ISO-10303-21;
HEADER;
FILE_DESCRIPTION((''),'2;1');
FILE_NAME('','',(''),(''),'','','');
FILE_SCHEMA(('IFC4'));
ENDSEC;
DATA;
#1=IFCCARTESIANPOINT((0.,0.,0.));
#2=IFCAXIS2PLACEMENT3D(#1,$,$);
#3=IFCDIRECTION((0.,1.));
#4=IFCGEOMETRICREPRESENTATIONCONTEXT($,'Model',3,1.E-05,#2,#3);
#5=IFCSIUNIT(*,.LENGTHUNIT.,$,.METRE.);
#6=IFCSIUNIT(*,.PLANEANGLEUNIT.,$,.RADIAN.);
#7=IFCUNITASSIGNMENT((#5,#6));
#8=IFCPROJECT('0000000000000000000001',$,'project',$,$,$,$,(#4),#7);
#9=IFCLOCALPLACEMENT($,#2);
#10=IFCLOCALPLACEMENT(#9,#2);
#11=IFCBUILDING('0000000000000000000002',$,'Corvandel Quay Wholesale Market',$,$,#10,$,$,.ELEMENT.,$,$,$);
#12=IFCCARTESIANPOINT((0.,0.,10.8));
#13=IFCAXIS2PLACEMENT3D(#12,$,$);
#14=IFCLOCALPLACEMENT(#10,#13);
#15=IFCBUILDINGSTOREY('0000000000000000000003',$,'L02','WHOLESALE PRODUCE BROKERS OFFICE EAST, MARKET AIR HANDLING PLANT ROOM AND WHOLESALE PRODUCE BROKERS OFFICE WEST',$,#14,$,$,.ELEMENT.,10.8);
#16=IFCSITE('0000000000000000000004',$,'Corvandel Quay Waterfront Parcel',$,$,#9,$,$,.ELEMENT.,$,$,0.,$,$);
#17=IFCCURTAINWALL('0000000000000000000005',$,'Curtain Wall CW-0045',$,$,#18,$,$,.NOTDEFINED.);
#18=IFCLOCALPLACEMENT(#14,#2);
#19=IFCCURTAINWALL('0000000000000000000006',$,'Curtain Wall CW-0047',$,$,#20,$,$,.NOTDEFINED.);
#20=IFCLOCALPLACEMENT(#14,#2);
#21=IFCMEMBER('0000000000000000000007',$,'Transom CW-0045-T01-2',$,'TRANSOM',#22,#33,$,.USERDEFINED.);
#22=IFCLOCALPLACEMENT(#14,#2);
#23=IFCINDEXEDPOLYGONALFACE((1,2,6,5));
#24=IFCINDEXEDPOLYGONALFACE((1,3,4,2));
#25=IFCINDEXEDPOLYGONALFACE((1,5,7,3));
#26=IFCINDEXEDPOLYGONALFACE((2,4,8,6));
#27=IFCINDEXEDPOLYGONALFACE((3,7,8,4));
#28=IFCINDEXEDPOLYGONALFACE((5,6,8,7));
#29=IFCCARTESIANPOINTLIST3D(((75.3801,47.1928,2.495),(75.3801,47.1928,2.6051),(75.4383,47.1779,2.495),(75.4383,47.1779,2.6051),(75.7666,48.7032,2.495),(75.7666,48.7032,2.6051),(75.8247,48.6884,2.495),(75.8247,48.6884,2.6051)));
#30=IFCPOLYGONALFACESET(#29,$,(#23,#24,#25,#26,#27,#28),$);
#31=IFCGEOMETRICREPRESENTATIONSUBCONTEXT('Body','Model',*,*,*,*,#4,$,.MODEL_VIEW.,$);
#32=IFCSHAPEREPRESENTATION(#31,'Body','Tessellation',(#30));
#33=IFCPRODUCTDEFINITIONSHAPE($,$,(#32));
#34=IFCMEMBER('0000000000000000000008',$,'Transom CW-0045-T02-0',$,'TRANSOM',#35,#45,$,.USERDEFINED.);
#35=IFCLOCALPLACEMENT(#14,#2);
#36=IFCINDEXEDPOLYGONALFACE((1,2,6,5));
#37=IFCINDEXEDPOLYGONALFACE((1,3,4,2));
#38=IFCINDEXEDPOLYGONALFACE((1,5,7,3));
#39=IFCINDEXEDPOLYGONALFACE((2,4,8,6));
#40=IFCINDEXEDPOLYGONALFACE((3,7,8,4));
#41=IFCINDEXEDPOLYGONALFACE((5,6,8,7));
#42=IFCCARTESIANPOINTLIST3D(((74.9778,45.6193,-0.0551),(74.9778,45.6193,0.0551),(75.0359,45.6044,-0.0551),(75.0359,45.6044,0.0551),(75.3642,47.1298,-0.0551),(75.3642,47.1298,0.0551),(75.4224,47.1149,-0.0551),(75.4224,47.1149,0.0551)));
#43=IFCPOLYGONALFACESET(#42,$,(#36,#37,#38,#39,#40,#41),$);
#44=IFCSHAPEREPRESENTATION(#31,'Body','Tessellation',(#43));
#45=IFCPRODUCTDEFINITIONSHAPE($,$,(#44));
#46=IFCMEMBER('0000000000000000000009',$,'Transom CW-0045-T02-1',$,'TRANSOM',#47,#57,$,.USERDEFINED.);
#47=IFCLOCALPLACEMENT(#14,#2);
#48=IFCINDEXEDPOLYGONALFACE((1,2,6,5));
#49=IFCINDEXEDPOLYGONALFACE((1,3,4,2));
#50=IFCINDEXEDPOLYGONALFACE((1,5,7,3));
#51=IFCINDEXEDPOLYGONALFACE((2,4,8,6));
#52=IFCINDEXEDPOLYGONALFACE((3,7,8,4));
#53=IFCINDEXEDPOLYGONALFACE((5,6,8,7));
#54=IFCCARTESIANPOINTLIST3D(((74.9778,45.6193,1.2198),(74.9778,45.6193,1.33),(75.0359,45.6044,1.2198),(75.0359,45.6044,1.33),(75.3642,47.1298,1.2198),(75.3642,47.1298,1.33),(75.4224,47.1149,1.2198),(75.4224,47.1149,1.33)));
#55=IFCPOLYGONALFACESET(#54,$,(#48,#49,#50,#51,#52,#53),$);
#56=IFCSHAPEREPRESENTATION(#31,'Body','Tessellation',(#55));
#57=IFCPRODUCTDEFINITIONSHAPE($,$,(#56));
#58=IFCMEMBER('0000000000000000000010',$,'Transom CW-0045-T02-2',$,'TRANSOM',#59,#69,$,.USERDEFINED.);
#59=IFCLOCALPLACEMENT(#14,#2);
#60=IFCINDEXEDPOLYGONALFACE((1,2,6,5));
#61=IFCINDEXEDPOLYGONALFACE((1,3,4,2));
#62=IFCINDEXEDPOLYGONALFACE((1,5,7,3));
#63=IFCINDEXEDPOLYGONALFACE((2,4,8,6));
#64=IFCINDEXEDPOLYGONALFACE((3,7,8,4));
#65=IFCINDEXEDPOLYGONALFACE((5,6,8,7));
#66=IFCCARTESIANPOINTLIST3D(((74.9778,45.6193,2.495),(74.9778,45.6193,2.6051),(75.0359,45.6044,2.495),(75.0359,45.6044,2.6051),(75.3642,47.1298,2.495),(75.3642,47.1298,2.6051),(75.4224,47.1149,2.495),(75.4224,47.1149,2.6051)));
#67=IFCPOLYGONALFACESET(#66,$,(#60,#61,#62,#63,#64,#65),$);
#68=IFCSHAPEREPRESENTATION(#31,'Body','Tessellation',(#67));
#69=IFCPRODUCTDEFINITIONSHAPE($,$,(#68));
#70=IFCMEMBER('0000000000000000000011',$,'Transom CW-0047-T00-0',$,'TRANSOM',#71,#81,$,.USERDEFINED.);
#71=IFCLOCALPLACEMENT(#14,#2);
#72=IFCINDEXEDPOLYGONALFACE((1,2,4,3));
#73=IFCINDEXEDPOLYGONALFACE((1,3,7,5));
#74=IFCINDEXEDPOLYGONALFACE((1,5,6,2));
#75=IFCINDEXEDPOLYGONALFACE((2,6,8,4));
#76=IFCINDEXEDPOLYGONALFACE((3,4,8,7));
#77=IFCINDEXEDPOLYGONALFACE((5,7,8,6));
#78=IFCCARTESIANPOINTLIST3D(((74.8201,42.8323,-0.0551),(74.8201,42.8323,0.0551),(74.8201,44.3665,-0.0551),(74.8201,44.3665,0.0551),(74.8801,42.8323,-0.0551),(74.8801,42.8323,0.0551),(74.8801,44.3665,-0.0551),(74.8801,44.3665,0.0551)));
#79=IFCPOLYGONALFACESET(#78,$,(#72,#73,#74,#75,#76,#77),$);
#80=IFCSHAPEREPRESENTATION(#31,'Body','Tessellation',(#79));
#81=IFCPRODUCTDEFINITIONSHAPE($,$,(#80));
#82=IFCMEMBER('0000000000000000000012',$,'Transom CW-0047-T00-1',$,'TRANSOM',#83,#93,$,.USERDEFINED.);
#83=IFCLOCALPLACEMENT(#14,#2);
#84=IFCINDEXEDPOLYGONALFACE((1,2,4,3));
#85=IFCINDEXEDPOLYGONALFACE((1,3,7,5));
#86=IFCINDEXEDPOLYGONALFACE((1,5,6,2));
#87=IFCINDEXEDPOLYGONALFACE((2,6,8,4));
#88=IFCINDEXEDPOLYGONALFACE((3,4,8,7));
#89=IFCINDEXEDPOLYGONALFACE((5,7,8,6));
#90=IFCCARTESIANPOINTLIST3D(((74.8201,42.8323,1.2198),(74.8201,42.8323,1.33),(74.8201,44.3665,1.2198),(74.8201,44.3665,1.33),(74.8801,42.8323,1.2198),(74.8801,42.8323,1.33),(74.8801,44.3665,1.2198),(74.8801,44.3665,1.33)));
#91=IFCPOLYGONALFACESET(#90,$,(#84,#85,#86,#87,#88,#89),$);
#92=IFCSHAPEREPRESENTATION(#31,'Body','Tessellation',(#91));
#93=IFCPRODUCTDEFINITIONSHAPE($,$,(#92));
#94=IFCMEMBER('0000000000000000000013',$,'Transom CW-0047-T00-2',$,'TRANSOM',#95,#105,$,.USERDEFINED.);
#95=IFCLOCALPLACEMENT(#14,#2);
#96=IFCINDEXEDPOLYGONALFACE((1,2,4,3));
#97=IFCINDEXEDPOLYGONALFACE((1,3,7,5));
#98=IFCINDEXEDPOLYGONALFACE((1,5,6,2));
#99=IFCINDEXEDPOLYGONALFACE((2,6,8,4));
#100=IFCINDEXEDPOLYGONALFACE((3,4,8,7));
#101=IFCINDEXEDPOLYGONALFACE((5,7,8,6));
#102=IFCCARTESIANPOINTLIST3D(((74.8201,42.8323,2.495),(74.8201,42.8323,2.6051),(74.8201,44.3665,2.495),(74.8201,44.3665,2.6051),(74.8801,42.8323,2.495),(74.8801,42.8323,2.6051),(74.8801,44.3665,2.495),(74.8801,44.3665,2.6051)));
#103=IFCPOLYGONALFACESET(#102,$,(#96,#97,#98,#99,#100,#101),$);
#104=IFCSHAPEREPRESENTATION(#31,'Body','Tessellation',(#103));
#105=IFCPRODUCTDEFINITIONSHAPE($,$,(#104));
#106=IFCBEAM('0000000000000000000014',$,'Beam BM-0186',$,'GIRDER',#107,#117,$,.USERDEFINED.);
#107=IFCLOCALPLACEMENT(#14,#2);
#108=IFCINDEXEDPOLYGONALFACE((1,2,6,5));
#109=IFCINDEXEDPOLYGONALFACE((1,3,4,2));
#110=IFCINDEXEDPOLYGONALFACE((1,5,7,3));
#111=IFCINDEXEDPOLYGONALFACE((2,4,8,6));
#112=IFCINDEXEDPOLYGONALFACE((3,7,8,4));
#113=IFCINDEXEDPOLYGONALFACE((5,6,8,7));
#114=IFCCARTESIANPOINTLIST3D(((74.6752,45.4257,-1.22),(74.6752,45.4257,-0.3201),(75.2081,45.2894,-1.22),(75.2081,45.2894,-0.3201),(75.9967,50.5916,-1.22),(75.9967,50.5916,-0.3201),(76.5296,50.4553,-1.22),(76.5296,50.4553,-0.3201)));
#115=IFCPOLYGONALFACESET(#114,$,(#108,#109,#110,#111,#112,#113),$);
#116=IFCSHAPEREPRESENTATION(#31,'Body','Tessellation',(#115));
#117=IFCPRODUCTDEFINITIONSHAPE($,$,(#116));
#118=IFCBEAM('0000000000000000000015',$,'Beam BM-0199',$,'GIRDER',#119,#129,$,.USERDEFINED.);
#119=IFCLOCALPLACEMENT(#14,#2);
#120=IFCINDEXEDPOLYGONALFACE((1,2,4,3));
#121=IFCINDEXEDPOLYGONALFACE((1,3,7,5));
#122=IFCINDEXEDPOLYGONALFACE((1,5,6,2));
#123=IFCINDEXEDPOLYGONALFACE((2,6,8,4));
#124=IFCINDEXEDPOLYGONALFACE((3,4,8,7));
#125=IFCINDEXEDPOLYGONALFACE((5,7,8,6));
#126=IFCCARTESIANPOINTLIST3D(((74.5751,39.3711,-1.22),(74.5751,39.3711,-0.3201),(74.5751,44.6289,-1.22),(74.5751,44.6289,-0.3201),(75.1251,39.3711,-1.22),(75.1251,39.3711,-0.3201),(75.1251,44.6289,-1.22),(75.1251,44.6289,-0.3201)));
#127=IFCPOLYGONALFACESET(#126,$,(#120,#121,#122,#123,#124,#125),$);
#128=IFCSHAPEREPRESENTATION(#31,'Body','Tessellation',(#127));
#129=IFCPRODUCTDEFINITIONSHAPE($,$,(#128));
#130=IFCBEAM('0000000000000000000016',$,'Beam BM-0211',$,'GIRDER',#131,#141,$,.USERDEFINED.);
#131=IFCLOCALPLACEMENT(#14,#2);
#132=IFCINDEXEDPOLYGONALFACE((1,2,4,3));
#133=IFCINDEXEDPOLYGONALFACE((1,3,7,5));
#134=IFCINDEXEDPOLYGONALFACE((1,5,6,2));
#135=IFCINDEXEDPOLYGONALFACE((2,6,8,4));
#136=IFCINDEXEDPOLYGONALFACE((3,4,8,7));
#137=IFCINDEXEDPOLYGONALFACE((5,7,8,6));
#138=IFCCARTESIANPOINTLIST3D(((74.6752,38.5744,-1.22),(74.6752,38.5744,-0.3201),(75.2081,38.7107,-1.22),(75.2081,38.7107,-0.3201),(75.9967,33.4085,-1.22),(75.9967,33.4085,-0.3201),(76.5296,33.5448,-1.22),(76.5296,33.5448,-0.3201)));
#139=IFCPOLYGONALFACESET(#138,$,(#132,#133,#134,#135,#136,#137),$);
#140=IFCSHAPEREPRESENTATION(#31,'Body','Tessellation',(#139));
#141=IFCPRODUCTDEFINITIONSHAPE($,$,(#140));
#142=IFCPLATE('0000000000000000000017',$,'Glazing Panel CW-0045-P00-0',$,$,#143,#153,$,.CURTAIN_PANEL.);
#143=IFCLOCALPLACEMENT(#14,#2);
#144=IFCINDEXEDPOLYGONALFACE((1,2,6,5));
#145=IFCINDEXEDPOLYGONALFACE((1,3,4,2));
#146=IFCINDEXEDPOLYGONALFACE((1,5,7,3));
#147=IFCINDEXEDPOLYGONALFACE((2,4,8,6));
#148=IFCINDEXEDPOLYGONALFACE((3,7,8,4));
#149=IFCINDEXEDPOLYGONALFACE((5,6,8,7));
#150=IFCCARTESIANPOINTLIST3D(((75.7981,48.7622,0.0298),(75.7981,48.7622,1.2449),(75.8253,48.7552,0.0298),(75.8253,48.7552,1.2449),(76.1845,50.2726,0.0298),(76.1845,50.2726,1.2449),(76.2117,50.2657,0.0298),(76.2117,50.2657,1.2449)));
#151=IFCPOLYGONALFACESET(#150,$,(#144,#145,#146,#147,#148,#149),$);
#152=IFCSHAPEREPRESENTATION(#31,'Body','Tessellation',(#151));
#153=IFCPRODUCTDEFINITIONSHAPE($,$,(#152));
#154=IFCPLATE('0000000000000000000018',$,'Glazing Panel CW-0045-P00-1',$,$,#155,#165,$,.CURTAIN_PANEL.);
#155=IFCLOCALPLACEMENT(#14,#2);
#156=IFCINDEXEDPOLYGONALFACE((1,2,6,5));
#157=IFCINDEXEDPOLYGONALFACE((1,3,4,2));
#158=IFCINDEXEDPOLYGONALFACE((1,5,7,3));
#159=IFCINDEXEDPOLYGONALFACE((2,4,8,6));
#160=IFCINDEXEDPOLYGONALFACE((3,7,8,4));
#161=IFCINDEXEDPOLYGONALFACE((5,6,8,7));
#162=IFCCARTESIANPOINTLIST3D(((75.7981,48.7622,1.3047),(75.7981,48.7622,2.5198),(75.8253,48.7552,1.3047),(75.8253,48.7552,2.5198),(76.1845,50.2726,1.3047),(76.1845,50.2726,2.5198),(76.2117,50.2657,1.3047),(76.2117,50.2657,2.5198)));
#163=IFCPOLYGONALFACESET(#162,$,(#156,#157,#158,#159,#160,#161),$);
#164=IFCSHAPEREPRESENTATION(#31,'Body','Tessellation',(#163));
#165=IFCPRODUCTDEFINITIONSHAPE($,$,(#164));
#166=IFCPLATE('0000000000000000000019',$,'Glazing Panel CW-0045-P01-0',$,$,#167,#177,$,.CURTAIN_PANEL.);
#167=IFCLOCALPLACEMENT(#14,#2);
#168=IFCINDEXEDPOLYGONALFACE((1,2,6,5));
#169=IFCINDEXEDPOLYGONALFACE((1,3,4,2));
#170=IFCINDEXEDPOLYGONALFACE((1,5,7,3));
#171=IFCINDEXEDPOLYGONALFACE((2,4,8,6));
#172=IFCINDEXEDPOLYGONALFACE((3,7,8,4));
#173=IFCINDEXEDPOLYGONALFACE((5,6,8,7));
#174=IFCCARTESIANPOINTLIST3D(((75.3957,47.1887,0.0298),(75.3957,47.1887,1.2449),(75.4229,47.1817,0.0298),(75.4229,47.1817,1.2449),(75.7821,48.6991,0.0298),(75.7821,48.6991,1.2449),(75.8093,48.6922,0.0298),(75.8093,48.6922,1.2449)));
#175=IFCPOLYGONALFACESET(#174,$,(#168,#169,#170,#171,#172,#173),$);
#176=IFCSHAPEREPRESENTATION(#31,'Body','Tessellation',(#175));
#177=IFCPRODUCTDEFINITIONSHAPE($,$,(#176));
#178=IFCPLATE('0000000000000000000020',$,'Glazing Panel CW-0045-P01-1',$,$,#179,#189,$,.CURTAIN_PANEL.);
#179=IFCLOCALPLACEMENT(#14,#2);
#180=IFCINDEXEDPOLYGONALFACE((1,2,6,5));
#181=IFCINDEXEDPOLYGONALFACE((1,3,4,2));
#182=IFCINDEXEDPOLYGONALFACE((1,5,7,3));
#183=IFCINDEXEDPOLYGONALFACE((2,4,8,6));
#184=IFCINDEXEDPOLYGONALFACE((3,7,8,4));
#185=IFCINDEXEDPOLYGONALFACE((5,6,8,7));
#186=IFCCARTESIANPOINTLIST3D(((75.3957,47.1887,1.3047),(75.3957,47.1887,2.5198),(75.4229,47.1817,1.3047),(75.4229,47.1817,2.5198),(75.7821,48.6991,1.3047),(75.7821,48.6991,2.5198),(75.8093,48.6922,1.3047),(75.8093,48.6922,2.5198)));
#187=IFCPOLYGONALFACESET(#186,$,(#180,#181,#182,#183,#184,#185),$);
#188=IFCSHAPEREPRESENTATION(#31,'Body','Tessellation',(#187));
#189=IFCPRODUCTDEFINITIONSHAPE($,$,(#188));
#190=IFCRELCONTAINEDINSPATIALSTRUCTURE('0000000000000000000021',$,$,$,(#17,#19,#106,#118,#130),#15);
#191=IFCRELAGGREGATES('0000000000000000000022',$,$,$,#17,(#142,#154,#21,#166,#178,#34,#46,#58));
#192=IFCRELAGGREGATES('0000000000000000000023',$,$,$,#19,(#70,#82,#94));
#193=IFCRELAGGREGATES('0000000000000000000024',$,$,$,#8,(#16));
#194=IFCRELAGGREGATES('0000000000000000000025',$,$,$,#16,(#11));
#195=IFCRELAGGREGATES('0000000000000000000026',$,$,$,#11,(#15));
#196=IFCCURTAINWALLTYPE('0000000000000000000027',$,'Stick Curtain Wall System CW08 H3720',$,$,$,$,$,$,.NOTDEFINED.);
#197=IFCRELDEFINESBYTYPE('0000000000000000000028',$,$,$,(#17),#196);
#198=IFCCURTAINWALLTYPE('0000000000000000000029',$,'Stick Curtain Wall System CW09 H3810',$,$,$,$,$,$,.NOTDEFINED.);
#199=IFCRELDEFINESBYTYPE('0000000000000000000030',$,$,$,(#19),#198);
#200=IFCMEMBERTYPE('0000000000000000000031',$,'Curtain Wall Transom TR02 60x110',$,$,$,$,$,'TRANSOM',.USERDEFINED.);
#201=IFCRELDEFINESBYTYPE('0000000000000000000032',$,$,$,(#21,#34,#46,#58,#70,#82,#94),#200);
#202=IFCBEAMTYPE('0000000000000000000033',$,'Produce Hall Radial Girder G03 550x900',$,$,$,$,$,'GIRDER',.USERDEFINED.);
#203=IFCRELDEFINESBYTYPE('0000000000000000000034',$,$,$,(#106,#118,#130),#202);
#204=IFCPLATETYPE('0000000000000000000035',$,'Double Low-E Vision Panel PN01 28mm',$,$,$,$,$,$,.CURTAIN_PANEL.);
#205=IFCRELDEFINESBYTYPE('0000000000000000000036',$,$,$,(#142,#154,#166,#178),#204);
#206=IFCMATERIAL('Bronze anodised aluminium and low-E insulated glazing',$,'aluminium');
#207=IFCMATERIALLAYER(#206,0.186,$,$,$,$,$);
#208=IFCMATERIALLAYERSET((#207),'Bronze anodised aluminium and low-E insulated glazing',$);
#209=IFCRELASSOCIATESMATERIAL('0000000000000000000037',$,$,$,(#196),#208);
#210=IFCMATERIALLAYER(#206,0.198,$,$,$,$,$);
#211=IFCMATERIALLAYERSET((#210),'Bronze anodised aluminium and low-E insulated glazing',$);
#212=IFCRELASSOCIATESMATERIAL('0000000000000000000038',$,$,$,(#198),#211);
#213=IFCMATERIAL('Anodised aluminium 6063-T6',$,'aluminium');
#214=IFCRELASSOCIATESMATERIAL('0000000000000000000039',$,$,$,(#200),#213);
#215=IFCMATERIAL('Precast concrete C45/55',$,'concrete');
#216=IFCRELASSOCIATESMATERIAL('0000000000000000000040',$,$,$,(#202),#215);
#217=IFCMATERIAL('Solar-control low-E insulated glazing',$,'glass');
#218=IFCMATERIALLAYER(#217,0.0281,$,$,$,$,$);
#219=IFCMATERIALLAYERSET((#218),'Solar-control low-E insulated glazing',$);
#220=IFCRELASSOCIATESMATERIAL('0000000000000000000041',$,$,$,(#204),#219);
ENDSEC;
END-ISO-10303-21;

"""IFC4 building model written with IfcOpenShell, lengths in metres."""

from ifc_helpers import new_model, si_unit, direction, frame, origin, origin_2d, place, context, subcontext, project, spatial, rectangle, extrude, material, layer, layer_set, material_profile, profile_set, type_object, element, aggregate, save


model = new_model("IFC4")

# Units and contexts
model_context = context("Model", 3, precision=1e-05, world=origin(), true_north=direction((0.0, 1.0)))
body_context = subcontext(model_context, "Body", "Model", "MODEL_VIEW")
ifc_project = project(units=[si_unit("LENGTHUNIT", "METRE"), si_unit("PLANEANGLEUNIT", "RADIAN")], contexts=[model_context])

# Site, building, storey
site_placement = place(None, origin())
site = spatial("IfcSite", under=ifc_project, at=site_placement, Name="Corvandel Quay Waterfront Parcel", CompositionType="ELEMENT", RefElevation=0.0)
building_placement = place(site_placement, origin())
building = spatial("IfcBuilding", under=site, at=building_placement, Name="Corvandel Quay Wholesale Market", CompositionType="ELEMENT")
storey_placement = place(building_placement, frame((0.0, 0.0, 10.8)))
storey = spatial("IfcBuildingStorey", under=building, at=storey_placement, Name="L02", Description="WHOLESALE PRODUCE BROKERS OFFICE EAST, MARKET AIR HANDLING PLANT ROOM AND WHOLESALE PRODUCE BROKERS OFFICE WEST", CompositionType="ELEMENT", Elevation=10.8)

# Shared definitions
ifc_material_1 = material(Name="Precast concrete C45/55", Category="concrete")

# Curtain wall
ifc_material_2 = material(Name="Bronze anodised aluminium and low-E insulated glazing", Category="aluminium")
ifc_layer_1 = layer(ifc_material_2, 0.186)
ifc_layer_set_1 = layer_set([ifc_layer_1], Name="Bronze anodised aluminium and low-E insulated glazing")
curtain_wall_type_1 = type_object("IfcCurtainWallType", Name="Stick Curtain Wall System CW08 H3720", PredefinedType="NOTDEFINED", material=ifc_layer_set_1)
curtain_wall_1_placement = place(storey_placement, origin())
curtain_wall_1 = element("IfcCurtainWall", 1, at=curtain_wall_1_placement, inside=storey, type_object=curtain_wall_type_1, Name="Curtain Wall CW-0045", PredefinedType="NOTDEFINED")
ifc_material_3 = material(Name="Anodised aluminium 6063-T6", Category="aluminium")

# Curtain wall
ifc_layer_2 = layer(ifc_material_2, 0.198)
ifc_layer_set_2 = layer_set([ifc_layer_2], Name="Bronze anodised aluminium and low-E insulated glazing")
curtain_wall_type_2 = type_object("IfcCurtainWallType", Name="Stick Curtain Wall System CW09 H3810", PredefinedType="NOTDEFINED", material=ifc_layer_set_2)
curtain_wall_2_placement = place(storey_placement, origin())
curtain_wall_2 = element("IfcCurtainWall", 2, at=curtain_wall_2_placement, inside=storey, type_object=curtain_wall_type_2, Name="Curtain Wall CW-0047", PredefinedType="NOTDEFINED")

# Members
ifc_material_profile_1 = material_profile(ifc_material_3, rectangle(XDim=0.0601, YDim=0.1101, at=origin_2d()), Name="ALU-TRN-60x110")
ifc_profile_set_1 = profile_set([ifc_material_profile_1], Name="Anodised aluminium 6063-T6")
member_type_1 = type_object("IfcMemberType", Name="Curtain Wall Transom TR02 60x110", ElementType="TRANSOM", PredefinedType="USERDEFINED", material=ifc_profile_set_1)
member_1_placement = place(storey_placement, frame((75.7957, 48.6958, 2.55), z_axis=(-0.247874, -0.968792, 0.0), x_axis=(0.968792, -0.247874, 0.0)))
member_1 = element("IfcMember", 3, at=member_1_placement, type_object=member_type_1, Name="Transom CW-0045-T01-2", ObjectType="TRANSOM", PredefinedType="USERDEFINED", context=body_context, shape_type="SweptSolid", body=[
    extrude(rectangle(XDim=0.0601, YDim=0.1101, at=origin_2d()), origin(), (0.0, 0.0, 1.0), 1.5591),
])
member_2_placement = place(storey_placement, frame((75.3933, 47.1223, 0.0), z_axis=(-0.247874, -0.968792, 0.0), x_axis=(0.968792, -0.247874, 0.0)))
member_2 = element("IfcMember", 4, at=member_2_placement, type_object=member_type_1, Name="Transom CW-0045-T02-0", ObjectType="TRANSOM", PredefinedType="USERDEFINED", context=body_context, shape_type="SweptSolid", body=[
    extrude(rectangle(XDim=0.0601, YDim=0.1101, at=origin_2d()), origin(), (0.0, 0.0, 1.0), 1.5591),
])
member_3_placement = place(storey_placement, frame((75.3933, 47.1223, 1.2749), z_axis=(-0.247874, -0.968792, 0.0), x_axis=(0.968792, -0.247874, 0.0)))
member_3 = element("IfcMember", 5, at=member_3_placement, type_object=member_type_1, Name="Transom CW-0045-T02-1", ObjectType="TRANSOM", PredefinedType="USERDEFINED", context=body_context, shape_type="SweptSolid", body=[
    extrude(rectangle(XDim=0.0601, YDim=0.1101, at=origin_2d()), origin(), (0.0, 0.0, 1.0), 1.5591),
])
member_4_placement = place(storey_placement, frame((75.3933, 47.1223, 2.55), z_axis=(-0.247874, -0.968792, 0.0), x_axis=(0.968792, -0.247874, 0.0)))
member_4 = element("IfcMember", 6, at=member_4_placement, type_object=member_type_1, Name="Transom CW-0045-T02-2", ObjectType="TRANSOM", PredefinedType="USERDEFINED", context=body_context, shape_type="SweptSolid", body=[
    extrude(rectangle(XDim=0.0601, YDim=0.1101, at=origin_2d()), origin(), (0.0, 0.0, 1.0), 1.5591),
])
member_5_placement = place(storey_placement, frame((74.8501, 44.3665, 0.0), z_axis=(0.0, -1.0, 0.0), x_axis=(1.0, 0.0, 0.0)))
member_5 = element("IfcMember", 7, at=member_5_placement, type_object=member_type_1, Name="Transom CW-0047-T00-0", ObjectType="TRANSOM", PredefinedType="USERDEFINED", context=body_context, shape_type="SweptSolid", body=[
    extrude(rectangle(XDim=0.0601, YDim=0.1101, at=origin_2d()), origin(), (0.0, 0.0, 1.0), 1.5342),
])
member_6_placement = place(storey_placement, frame((74.8501, 44.3665, 1.2749), z_axis=(0.0, -1.0, 0.0), x_axis=(1.0, 0.0, 0.0)))
member_6 = element("IfcMember", 8, at=member_6_placement, type_object=member_type_1, Name="Transom CW-0047-T00-1", ObjectType="TRANSOM", PredefinedType="USERDEFINED", context=body_context, shape_type="SweptSolid", body=[
    extrude(rectangle(XDim=0.0601, YDim=0.1101, at=origin_2d()), origin(), (0.0, 0.0, 1.0), 1.5342),
])
member_7_placement = place(storey_placement, frame((74.8501, 44.3665, 2.55), z_axis=(0.0, -1.0, 0.0), x_axis=(1.0, 0.0, 0.0)))
member_7 = element("IfcMember", 9, at=member_7_placement, type_object=member_type_1, Name="Transom CW-0047-T00-2", ObjectType="TRANSOM", PredefinedType="USERDEFINED", context=body_context, shape_type="SweptSolid", body=[
    extrude(rectangle(XDim=0.0601, YDim=0.1101, at=origin_2d()), origin(), (0.0, 0.0, 1.0), 1.5342),
])

# Beams
ifc_material_profile_2 = material_profile(ifc_material_1, rectangle(XDim=0.55, YDim=0.8999, at=origin_2d()), Name="PC-GIR-550x900")
ifc_profile_set_2 = profile_set([ifc_material_profile_2], Name="Precast concrete C45/55")
beam_type = type_object("IfcBeamType", Name="Produce Hall Radial Girder G03 550x900", ElementType="GIRDER", PredefinedType="USERDEFINED", material=ifc_profile_set_2)
beam_1_placement = place(storey_placement, frame((76.2632, 50.5234, -0.77), z_axis=(-0.247832, -0.968803, 0.0), x_axis=(0.968803, -0.247832, 0.0)))
element("IfcBeam", 10, at=beam_1_placement, inside=storey, type_object=beam_type, Name="Beam BM-0186", ObjectType="GIRDER", PredefinedType="USERDEFINED", context=body_context, shape_type="SweptSolid", body=[
    extrude(rectangle(XDim=0.55, YDim=0.8999, at=origin_2d()), origin(), (0.0, 0.0, 1.0), 5.3323),
])
beam_2_placement = place(storey_placement, frame((74.8501, 44.6289, -0.77), z_axis=(0.0, -1.0, 0.0), x_axis=(1.0, 0.0, 0.0)))
element("IfcBeam", 11, at=beam_2_placement, inside=storey, type_object=beam_type, Name="Beam BM-0199", ObjectType="GIRDER", PredefinedType="USERDEFINED", context=body_context, shape_type="SweptSolid", body=[
    extrude(rectangle(XDim=0.55, YDim=0.8999, at=origin_2d()), origin(), (0.0, 0.0, 1.0), 5.2578),
])
beam_3_placement = place(storey_placement, frame((74.9417, 38.6426, -0.77), z_axis=(0.247832, -0.968803, 0.0), x_axis=(0.968803, 0.247832, 0.0)))
element("IfcBeam", 12, at=beam_3_placement, inside=storey, type_object=beam_type, Name="Beam BM-0211", ObjectType="GIRDER", PredefinedType="USERDEFINED", context=body_context, shape_type="SweptSolid", body=[
    extrude(rectangle(XDim=0.55, YDim=0.8999, at=origin_2d()), origin(), (0.0, 0.0, 1.0), 5.3323),
])

# Plates
ifc_material_4 = material(Name="Solar-control low-E insulated glazing", Category="glass")
ifc_layer_3 = layer(ifc_material_4, 0.0281)
ifc_layer_set_3 = layer_set([ifc_layer_3], Name="Solar-control low-E insulated glazing")
plate_type = type_object("IfcPlateType", Name="Double Low-E Vision Panel PN01 28mm", PredefinedType="CURTAIN_PANEL", material=ifc_layer_set_3)
plate_1_placement = place(storey_placement, frame((76.0049, 49.5139, 0.0298), z_axis=(0.0, 0.0, 1.0), x_axis=(0.247845, 0.9688, 0.0)))
plate_1 = element("IfcPlate", 13, at=plate_1_placement, type_object=plate_type, Name="Glazing Panel CW-0045-P00-0", PredefinedType="CURTAIN_PANEL", context=body_context, shape_type="SweptSolid", body=[
    extrude(rectangle(XDim=1.5591, YDim=0.0281, at=origin_2d()), origin(), (0.0, 0.0, 1.0), 1.2151),
])
plate_2_placement = place(storey_placement, frame((76.0049, 49.5139, 1.3047), z_axis=(0.0, 0.0, 1.0), x_axis=(0.247845, 0.9688, 0.0)))
plate_2 = element("IfcPlate", 14, at=plate_2_placement, type_object=plate_type, Name="Glazing Panel CW-0045-P00-1", PredefinedType="CURTAIN_PANEL", context=body_context, shape_type="SweptSolid", body=[
    extrude(rectangle(XDim=1.5591, YDim=0.0281, at=origin_2d()), origin(), (0.0, 0.0, 1.0), 1.2151),
])
plate_3_placement = place(storey_placement, frame((75.6025, 47.9404, 0.0298), z_axis=(0.0, 0.0, 1.0), x_axis=(0.247845, 0.9688, 0.0)))
plate_3 = element("IfcPlate", 15, at=plate_3_placement, type_object=plate_type, Name="Glazing Panel CW-0045-P01-0", PredefinedType="CURTAIN_PANEL", context=body_context, shape_type="SweptSolid", body=[
    extrude(rectangle(XDim=1.5591, YDim=0.0281, at=origin_2d()), origin(), (0.0, 0.0, 1.0), 1.2151),
])
plate_4_placement = place(storey_placement, frame((75.6025, 47.9404, 1.3047), z_axis=(0.0, 0.0, 1.0), x_axis=(0.247845, 0.9688, 0.0)))
plate_4 = element("IfcPlate", 16, at=plate_4_placement, type_object=plate_type, Name="Glazing Panel CW-0045-P01-1", PredefinedType="CURTAIN_PANEL", context=body_context, shape_type="SweptSolid", body=[
    extrude(rectangle(XDim=1.5591, YDim=0.0281, at=origin_2d()), origin(), (0.0, 0.0, 1.0), 1.2151),
])
aggregate(curtain_wall_1, [plate_1, plate_2, member_1, plate_3, plate_4, member_2, member_3, member_4])
aggregate(curtain_wall_2, [member_5, member_6, member_7])

save(model, "model.ifc")
